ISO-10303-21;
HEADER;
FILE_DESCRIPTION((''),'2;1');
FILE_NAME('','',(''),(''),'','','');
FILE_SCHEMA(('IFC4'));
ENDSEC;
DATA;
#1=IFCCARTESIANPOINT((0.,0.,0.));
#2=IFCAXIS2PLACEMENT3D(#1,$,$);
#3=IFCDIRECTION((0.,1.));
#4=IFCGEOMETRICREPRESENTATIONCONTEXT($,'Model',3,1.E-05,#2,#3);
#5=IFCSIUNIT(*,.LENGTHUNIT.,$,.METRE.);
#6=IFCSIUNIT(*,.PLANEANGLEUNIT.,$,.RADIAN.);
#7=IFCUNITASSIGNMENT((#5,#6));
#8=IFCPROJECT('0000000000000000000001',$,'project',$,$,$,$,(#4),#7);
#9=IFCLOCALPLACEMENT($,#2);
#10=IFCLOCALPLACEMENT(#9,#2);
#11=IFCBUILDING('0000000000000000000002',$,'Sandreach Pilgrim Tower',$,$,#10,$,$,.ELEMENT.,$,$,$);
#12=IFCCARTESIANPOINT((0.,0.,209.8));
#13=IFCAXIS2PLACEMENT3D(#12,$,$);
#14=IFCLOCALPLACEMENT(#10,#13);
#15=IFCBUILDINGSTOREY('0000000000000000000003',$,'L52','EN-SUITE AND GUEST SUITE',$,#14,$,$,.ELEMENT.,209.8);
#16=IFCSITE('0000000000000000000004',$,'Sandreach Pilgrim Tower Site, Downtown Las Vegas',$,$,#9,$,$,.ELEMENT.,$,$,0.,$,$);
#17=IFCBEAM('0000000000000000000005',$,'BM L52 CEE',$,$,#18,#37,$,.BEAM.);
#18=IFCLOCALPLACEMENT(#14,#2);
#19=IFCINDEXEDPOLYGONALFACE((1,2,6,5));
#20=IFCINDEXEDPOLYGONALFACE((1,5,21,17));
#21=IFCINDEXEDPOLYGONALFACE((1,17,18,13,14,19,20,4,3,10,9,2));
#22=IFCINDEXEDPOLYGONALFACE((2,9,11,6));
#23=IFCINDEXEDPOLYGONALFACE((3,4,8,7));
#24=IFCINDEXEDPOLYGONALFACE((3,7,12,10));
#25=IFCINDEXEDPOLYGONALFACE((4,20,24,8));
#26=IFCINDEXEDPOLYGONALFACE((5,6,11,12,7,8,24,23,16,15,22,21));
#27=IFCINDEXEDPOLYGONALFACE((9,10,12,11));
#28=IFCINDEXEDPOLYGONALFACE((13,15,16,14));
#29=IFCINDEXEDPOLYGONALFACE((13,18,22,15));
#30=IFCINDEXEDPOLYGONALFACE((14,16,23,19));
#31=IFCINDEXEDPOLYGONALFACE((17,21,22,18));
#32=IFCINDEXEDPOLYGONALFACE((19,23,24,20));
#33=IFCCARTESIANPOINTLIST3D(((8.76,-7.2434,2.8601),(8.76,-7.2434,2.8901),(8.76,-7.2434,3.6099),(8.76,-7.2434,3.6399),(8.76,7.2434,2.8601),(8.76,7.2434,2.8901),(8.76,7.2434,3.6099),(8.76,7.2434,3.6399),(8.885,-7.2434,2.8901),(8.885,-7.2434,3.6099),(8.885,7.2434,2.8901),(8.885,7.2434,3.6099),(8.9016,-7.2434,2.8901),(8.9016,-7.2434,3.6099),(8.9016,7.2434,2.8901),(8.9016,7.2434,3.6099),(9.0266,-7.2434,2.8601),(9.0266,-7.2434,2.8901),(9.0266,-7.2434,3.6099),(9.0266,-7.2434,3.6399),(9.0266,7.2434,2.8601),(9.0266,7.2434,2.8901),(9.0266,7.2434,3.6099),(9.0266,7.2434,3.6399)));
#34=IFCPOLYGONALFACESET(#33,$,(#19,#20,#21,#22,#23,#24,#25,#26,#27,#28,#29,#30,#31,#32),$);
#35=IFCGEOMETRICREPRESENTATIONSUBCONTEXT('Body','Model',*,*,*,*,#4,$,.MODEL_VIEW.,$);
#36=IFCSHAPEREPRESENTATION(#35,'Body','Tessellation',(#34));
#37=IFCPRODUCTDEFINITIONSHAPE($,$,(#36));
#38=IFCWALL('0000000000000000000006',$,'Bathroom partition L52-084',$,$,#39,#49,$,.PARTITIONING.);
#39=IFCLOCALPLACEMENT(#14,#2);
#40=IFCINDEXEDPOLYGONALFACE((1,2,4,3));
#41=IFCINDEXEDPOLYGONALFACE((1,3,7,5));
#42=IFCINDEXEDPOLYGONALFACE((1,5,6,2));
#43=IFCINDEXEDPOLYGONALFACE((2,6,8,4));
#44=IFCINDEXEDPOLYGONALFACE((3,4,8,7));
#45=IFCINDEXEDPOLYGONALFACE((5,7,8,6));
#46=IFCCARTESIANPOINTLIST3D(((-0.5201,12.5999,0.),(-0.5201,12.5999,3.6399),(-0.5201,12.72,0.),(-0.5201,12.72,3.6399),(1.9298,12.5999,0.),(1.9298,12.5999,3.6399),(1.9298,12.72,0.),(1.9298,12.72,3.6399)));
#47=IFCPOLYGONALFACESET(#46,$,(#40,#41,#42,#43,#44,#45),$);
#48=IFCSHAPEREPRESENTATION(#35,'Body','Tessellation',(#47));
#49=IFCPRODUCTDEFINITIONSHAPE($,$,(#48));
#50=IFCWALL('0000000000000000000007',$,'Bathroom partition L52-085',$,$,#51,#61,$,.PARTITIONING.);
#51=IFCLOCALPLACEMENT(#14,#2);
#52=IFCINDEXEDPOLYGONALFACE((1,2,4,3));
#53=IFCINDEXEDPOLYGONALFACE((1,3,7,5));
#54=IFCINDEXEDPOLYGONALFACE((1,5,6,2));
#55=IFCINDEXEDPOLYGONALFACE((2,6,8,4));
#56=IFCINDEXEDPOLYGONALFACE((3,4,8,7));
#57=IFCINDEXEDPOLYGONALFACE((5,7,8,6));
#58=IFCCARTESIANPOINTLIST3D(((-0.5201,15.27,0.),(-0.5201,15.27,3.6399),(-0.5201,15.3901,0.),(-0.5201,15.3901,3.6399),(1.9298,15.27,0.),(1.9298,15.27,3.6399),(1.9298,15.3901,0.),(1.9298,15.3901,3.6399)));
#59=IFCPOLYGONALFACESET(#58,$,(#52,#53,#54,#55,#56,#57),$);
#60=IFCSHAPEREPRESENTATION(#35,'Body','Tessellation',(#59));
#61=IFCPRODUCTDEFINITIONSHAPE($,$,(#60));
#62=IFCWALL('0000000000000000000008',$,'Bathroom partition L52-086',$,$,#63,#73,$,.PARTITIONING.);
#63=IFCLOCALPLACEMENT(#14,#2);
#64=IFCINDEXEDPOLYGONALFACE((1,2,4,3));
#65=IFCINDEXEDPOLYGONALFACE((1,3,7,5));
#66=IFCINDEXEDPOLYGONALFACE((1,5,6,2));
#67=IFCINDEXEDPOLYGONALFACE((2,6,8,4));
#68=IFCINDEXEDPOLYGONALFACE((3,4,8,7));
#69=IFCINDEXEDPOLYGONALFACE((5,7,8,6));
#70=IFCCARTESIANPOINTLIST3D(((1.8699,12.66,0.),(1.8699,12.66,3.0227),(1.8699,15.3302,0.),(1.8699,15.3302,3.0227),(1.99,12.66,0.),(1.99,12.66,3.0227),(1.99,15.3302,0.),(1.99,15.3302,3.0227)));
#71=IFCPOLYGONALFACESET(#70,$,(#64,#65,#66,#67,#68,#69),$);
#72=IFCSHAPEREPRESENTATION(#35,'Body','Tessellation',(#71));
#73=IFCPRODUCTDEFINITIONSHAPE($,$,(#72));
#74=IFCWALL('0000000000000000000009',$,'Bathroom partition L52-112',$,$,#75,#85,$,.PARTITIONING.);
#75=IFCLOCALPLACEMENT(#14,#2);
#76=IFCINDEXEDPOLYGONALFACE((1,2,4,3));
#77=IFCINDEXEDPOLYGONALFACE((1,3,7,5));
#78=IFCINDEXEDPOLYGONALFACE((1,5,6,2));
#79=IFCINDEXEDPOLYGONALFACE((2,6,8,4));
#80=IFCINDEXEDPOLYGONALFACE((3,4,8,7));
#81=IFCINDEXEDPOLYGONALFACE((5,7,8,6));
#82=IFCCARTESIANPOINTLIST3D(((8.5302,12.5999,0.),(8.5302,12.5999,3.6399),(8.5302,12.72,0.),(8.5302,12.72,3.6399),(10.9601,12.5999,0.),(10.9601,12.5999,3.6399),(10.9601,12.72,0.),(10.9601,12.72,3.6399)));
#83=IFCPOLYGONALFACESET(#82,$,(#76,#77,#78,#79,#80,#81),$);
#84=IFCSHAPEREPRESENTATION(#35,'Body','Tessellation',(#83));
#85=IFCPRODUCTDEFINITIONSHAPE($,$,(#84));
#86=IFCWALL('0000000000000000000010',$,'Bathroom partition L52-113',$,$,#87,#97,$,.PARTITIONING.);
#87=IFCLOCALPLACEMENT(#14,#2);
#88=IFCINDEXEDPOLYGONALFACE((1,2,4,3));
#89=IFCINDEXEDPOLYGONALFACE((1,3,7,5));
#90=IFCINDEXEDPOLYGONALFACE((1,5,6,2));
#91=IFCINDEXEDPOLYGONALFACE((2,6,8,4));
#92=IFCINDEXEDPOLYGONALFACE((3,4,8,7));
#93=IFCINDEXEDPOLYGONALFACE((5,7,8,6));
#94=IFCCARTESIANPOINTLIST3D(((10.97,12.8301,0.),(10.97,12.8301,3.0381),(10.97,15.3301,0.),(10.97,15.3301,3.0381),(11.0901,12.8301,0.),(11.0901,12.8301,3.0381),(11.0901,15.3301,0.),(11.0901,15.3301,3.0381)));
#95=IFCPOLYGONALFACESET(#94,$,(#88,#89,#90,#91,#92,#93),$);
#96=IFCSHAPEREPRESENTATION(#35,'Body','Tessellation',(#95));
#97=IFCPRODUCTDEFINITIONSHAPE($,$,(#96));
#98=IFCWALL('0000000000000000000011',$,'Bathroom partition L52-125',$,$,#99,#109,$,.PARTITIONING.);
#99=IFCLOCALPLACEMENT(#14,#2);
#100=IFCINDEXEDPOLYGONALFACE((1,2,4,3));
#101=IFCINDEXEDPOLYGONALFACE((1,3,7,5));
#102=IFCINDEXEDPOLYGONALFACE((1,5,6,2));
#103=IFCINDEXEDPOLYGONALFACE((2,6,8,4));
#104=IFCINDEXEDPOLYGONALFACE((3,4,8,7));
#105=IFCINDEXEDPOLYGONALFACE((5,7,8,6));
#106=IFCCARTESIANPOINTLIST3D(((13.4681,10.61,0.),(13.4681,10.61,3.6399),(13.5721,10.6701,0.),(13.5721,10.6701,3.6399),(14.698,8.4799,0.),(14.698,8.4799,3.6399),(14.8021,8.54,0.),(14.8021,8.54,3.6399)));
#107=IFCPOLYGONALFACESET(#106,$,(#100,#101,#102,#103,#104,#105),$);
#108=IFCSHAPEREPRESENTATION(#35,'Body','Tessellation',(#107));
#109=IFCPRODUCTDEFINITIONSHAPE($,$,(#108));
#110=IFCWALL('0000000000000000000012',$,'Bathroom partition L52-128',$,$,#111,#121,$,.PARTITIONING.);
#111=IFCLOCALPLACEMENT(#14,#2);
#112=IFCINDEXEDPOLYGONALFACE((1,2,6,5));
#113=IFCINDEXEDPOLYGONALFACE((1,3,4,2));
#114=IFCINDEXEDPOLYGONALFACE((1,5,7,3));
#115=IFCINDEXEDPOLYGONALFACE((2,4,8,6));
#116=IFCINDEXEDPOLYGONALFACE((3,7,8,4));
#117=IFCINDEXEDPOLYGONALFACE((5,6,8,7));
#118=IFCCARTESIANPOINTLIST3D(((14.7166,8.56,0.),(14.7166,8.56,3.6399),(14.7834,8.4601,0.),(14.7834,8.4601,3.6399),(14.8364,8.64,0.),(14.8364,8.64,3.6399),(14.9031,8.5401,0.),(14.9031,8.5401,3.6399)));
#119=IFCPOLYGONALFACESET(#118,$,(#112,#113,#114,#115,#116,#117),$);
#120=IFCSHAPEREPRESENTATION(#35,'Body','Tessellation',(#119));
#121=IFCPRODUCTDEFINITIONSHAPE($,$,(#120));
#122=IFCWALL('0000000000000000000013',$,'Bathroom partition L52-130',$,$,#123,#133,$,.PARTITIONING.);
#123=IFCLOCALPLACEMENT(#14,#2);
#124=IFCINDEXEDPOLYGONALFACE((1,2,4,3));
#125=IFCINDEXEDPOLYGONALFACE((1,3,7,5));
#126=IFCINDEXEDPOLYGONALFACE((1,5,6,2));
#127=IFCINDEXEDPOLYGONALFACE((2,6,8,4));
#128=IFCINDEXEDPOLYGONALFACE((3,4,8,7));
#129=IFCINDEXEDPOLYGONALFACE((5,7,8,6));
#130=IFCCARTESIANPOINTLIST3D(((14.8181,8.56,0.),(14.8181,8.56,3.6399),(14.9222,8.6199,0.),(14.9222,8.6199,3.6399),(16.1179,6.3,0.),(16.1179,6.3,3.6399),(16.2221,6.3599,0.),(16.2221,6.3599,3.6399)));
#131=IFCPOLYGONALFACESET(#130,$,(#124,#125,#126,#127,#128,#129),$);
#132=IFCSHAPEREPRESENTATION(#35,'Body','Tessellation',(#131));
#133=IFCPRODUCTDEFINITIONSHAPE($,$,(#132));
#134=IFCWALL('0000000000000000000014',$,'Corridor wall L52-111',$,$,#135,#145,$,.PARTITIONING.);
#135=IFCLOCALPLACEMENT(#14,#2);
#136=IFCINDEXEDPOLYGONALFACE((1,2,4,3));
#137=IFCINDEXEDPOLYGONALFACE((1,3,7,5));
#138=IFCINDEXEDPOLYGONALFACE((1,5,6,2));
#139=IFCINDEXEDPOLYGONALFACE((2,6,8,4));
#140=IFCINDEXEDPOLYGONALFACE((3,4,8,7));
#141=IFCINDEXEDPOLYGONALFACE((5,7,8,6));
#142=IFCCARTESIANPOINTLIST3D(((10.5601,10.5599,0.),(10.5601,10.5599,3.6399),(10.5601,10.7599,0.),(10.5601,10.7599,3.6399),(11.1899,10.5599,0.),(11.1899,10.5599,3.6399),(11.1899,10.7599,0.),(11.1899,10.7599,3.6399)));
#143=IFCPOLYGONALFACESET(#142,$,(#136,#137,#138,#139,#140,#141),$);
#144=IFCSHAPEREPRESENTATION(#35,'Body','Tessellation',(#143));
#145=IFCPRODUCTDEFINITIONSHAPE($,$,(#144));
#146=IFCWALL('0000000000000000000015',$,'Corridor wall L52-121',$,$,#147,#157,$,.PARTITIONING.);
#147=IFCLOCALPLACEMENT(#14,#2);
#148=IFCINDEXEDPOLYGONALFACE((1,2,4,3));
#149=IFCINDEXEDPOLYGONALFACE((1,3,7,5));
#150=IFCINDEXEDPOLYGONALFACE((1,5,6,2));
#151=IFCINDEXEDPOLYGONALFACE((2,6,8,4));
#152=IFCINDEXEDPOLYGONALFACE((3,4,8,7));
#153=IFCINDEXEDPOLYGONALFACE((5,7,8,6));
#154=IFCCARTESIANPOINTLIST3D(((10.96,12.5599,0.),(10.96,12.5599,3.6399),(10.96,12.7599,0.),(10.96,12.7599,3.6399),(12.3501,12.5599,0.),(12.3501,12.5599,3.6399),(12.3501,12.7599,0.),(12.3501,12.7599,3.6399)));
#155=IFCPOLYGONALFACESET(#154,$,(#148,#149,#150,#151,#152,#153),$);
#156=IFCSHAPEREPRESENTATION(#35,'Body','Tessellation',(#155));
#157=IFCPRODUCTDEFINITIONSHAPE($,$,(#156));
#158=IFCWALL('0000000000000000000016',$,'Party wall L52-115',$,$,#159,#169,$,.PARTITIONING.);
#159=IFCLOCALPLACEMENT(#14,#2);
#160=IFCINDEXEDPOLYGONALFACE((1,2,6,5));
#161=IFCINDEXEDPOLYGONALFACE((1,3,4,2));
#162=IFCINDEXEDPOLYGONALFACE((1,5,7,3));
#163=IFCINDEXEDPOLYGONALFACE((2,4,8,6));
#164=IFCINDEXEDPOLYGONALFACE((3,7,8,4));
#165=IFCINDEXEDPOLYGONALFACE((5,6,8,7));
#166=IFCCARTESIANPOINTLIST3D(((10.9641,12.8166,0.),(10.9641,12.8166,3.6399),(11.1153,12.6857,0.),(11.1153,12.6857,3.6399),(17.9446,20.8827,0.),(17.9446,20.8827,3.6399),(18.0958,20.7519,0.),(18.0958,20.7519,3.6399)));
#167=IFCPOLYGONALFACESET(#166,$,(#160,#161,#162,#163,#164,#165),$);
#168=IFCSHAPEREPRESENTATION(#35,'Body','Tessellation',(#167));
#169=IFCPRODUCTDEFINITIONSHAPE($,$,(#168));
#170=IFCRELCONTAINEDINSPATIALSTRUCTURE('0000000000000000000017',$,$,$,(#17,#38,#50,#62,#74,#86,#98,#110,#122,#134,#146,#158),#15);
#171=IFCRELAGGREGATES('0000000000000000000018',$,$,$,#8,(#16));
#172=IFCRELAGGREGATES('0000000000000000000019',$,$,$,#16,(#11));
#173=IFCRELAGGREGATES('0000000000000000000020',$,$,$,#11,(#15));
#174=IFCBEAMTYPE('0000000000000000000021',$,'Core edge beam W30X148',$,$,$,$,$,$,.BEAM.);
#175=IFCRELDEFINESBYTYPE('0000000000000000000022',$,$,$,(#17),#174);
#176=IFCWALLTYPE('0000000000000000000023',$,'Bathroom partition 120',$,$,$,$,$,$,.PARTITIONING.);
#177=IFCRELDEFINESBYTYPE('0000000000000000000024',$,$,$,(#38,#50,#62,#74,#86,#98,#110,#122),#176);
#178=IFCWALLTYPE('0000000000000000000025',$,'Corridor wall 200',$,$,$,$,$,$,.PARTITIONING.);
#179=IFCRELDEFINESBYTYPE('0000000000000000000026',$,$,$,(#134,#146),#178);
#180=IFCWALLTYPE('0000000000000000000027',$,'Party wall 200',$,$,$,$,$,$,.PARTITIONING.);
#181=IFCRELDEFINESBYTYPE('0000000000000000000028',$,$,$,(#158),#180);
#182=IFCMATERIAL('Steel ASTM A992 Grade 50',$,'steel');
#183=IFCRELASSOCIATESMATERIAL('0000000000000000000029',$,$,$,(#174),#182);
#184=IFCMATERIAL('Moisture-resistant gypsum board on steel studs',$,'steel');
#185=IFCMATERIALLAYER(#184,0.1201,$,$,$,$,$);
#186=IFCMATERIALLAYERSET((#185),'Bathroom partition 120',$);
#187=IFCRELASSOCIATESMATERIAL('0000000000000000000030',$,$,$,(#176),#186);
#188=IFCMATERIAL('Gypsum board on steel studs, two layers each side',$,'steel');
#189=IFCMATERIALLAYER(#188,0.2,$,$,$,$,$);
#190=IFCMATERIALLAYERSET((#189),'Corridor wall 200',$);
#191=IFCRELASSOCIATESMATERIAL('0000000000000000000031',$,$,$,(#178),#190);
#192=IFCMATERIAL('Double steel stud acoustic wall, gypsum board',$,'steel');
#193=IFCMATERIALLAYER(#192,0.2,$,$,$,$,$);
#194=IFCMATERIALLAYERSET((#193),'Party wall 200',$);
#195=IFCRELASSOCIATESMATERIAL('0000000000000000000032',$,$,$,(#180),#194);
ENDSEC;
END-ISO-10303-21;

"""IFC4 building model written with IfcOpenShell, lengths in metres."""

from ifc_helpers import new_model, si_unit, direction, frame, frame_2d, origin, origin_2d, place, context, subcontext, project, spatial, rectangle, i_section, extrude, material, layer, layer_set, material_profile, profile_set, type_object, element, save


model = new_model("IFC4")

# Units and contexts
model_context = context("Model", 3, precision=1e-05, world=origin(), true_north=direction((0.0, 1.0)))
body_context = subcontext(model_context, "Body", "Model", "MODEL_VIEW")
ifc_project = project(units=[si_unit("LENGTHUNIT", "METRE"), si_unit("PLANEANGLEUNIT", "RADIAN")], contexts=[model_context])

# Site, building, storey
site_placement = place(None, origin())
site = spatial("IfcSite", under=ifc_project, at=site_placement, Name="Sandreach Pilgrim Tower Site, Downtown Las Vegas", CompositionType="ELEMENT", RefElevation=0.0)
building_placement = place(site_placement, origin())
building = spatial("IfcBuilding", under=site, at=building_placement, Name="Sandreach Pilgrim Tower", CompositionType="ELEMENT")
storey_placement = place(building_placement, frame((0.0, 0.0, 209.8)))
storey = spatial("IfcBuildingStorey", under=building, at=storey_placement, Name="L52", Description="EN-SUITE AND GUEST SUITE", CompositionType="ELEMENT", Elevation=209.8)

# Beam
ifc_material_1 = material(Name="Steel ASTM A992 Grade 50", Category="steel")
ifc_material_profile = material_profile(ifc_material_1, i_section(OverallWidth=0.2666, OverallDepth=0.7798, WebThickness=0.0166, FlangeThickness=0.03, at=origin_2d()), Name="W30X148")
ifc_profile_set = profile_set([ifc_material_profile], Name="Steel ASTM A992 Grade 50")
beam_type = type_object("IfcBeamType", Name="Core edge beam W30X148", PredefinedType="BEAM", material=ifc_profile_set)
beam_placement = place(storey_placement, frame((8.8933, 7.2434, 3.25), z_axis=(0.0, -1.0, 0.0), x_axis=(1.0, 0.0, 0.0)))
element("IfcBeam", 1, at=beam_placement, inside=storey, type_object=beam_type, Name="BM L52 CEE", PredefinedType="BEAM", context=body_context, shape_type="SweptSolid", body=[
    extrude(i_section(OverallWidth=0.2666, OverallDepth=0.7798, WebThickness=0.0166, FlangeThickness=0.03, at=origin_2d()), origin(), (0.0, 0.0, 1.0), 14.4868),
])

# Walls
ifc_material_2 = material(Name="Moisture-resistant gypsum board on steel studs", Category="steel")
ifc_layer_1 = layer(ifc_material_2, 0.1201)
ifc_layer_set_1 = layer_set([ifc_layer_1], Name="Bathroom partition 120")
wall_type_1 = type_object("IfcWallType", Name="Bathroom partition 120", PredefinedType="PARTITIONING", material=ifc_layer_set_1)
for number, where, z_axis, x_axis, name in (
    (2, (1.9299, 12.6599, 0.0), (0.0, 0.0, 1.0), (-1.0, 0.0, 0.0), "Bathroom partition L52-084"),
    (3, (1.9299, 15.3301, 0.0), (0.0, 0.0, 1.0), (-1.0, 0.0, 0.0), "Bathroom partition L52-085"),
):
    element("IfcWall", number, at=place(storey_placement, frame(where, z_axis=z_axis, x_axis=x_axis)), inside=storey, type_object=wall_type_1, Name=name, PredefinedType="PARTITIONING", context=body_context, shape_type="SweptSolid", body=[
        extrude(rectangle(XDim=2.45, YDim=0.1201, at=frame_2d((1.2251, 0.0))), origin(), (0.0, 0.0, 1.0), 3.6399),
    ])
wall_1_placement = place(storey_placement, frame((1.9299, 15.3301, 0.0), z_axis=(0.0, 0.0, 1.0), x_axis=(0.0, -1.0, 0.0)))
element("IfcWall", 4, at=wall_1_placement, inside=storey, type_object=wall_type_1, Name="Bathroom partition L52-086", PredefinedType="PARTITIONING", context=body_context, shape_type="SweptSolid", body=[
    extrude(rectangle(XDim=2.6702, YDim=0.1201, at=frame_2d((1.335, 0.0))), origin(), (0.0, 0.0, 1.0), 3.0227),
])
wall_2_placement = place(storey_placement, frame((10.96, 12.6599, 0.0), z_axis=(0.0, 0.0, 1.0), x_axis=(-1.0, 0.0, 0.0)))
element("IfcWall", 5, at=wall_2_placement, inside=storey, type_object=wall_type_1, Name="Bathroom partition L52-112", PredefinedType="PARTITIONING", context=body_context, shape_type="SweptSolid", body=[
    extrude(rectangle(XDim=2.4299, YDim=0.1201, at=frame_2d((1.2148, 0.0))), origin(), (0.0, 0.0, 1.0), 3.6399),
])
wall_3_placement = place(storey_placement, frame((11.03, 12.8301, 0.0), z_axis=(0.0, 0.0, 1.0), x_axis=(0.0, 1.0, 0.0)))
element("IfcWall", 6, at=wall_3_placement, inside=storey, type_object=wall_type_1, Name="Bathroom partition L52-113", PredefinedType="PARTITIONING", context=body_context, shape_type="SweptSolid", body=[
    extrude(rectangle(XDim=2.5, YDim=0.1201, at=frame_2d((1.25, 0.0))), origin(), (0.0, 0.0, 1.0), 3.0381),
])
wall_4_placement = place(storey_placement, frame((13.52, 10.6401, 0.0), z_axis=(0.0, 0.0, 1.0), x_axis=(0.500046, -0.865999, 0.0)))
element("IfcWall", 7, at=wall_4_placement, inside=storey, type_object=wall_type_1, Name="Bathroom partition L52-125", PredefinedType="PARTITIONING", context=body_context, shape_type="SweptSolid", body=[
    extrude(rectangle(XDim=2.4597, YDim=0.1201, at=frame_2d((1.23, 0.0))), origin(), (0.0, 0.0, 1.0), 3.6399),
])
wall_5_placement = place(storey_placement, frame((14.75, 8.51, 0.0), z_axis=(0.0, 0.0, 1.0), x_axis=(0.831529, 0.555482, 0.0)))
element("IfcWall", 8, at=wall_5_placement, inside=storey, type_object=wall_type_1, Name="Bathroom partition L52-128", PredefinedType="PARTITIONING", context=body_context, shape_type="SweptSolid", body=[
    extrude(rectangle(XDim=0.144, YDim=0.1201, at=frame_2d((0.072, 0.0))), origin(), (0.0, 0.0, 1.0), 3.6399),
])
wall_6_placement = place(storey_placement, frame((14.8701, 8.5901, 0.0), z_axis=(0.0, 0.0, 1.0), x_axis=(0.498557, -0.866857, 0.0)))
element("IfcWall", 9, at=wall_6_placement, inside=storey, type_object=wall_type_1, Name="Bathroom partition L52-130", PredefinedType="PARTITIONING", context=body_context, shape_type="SweptSolid", body=[
    extrude(rectangle(XDim=2.6072, YDim=0.1201, at=frame_2d((1.3037, 0.0))), origin(), (0.0, 0.0, 1.0), 3.6399),
])

# Shared definitions
ifc_material_3 = material(Name="Gypsum board on steel studs, two layers each side", Category="steel")
ifc_layer_2 = layer(ifc_material_3, 0.2)
ifc_layer_set_2 = layer_set([ifc_layer_2], Name="Corridor wall 200")
wall_type_2 = type_object("IfcWallType", Name="Corridor wall 200", PredefinedType="PARTITIONING", material=ifc_layer_set_2)

# Wall
wall_7_placement = place(storey_placement, frame((10.5601, 10.6599, 0.0), z_axis=(0.0, 0.0, 1.0), x_axis=(1.0, 0.0, 0.0)))
element("IfcWall", 10, at=wall_7_placement, inside=storey, type_object=wall_type_2, Name="Corridor wall L52-111", PredefinedType="PARTITIONING", context=body_context, shape_type="SweptSolid", body=[
    extrude(rectangle(XDim=0.6299, YDim=0.2, at=frame_2d((0.3149, 0.0))), origin(), (0.0, 0.0, 1.0), 3.6399),
])

# Wall
wall_8_placement = place(storey_placement, frame((12.3501, 12.6599, 0.0), z_axis=(0.0, 0.0, 1.0), x_axis=(-1.0, 0.0, 0.0)))
element("IfcWall", 11, at=wall_8_placement, inside=storey, type_object=wall_type_2, Name="Corridor wall L52-121", PredefinedType="PARTITIONING", context=body_context, shape_type="SweptSolid", body=[
    extrude(rectangle(XDim=1.3901, YDim=0.2, at=frame_2d((0.6951, 0.0))), origin(), (0.0, 0.0, 1.0), 3.6399),
])

# Wall
ifc_material_4 = material(Name="Double steel stud acoustic wall, gypsum board", Category="steel")
ifc_layer_3 = layer(ifc_material_4, 0.2)
ifc_layer_set_3 = layer_set([ifc_layer_3], Name="Party wall 200")
wall_type_3 = type_object("IfcWallType", Name="Party wall 200", PredefinedType="PARTITIONING", material=ifc_layer_set_3)
wall_9_placement = place(storey_placement, frame((11.0398, 12.7512, 0.0), z_axis=(0.0, 0.0, 1.0), x_axis=(0.654384, 0.756162, 0.0)))
element("IfcWall", 12, at=wall_9_placement, inside=storey, type_object=wall_type_3, Name="Party wall L52-115", PredefinedType="PARTITIONING", context=body_context, shape_type="SweptSolid", body=[
    extrude(rectangle(XDim=10.6672, YDim=0.2, at=frame_2d((5.3335, 0.0))), origin(), (0.0, 0.0, 1.0), 3.6399),
])

save(model, "model.ifc")
